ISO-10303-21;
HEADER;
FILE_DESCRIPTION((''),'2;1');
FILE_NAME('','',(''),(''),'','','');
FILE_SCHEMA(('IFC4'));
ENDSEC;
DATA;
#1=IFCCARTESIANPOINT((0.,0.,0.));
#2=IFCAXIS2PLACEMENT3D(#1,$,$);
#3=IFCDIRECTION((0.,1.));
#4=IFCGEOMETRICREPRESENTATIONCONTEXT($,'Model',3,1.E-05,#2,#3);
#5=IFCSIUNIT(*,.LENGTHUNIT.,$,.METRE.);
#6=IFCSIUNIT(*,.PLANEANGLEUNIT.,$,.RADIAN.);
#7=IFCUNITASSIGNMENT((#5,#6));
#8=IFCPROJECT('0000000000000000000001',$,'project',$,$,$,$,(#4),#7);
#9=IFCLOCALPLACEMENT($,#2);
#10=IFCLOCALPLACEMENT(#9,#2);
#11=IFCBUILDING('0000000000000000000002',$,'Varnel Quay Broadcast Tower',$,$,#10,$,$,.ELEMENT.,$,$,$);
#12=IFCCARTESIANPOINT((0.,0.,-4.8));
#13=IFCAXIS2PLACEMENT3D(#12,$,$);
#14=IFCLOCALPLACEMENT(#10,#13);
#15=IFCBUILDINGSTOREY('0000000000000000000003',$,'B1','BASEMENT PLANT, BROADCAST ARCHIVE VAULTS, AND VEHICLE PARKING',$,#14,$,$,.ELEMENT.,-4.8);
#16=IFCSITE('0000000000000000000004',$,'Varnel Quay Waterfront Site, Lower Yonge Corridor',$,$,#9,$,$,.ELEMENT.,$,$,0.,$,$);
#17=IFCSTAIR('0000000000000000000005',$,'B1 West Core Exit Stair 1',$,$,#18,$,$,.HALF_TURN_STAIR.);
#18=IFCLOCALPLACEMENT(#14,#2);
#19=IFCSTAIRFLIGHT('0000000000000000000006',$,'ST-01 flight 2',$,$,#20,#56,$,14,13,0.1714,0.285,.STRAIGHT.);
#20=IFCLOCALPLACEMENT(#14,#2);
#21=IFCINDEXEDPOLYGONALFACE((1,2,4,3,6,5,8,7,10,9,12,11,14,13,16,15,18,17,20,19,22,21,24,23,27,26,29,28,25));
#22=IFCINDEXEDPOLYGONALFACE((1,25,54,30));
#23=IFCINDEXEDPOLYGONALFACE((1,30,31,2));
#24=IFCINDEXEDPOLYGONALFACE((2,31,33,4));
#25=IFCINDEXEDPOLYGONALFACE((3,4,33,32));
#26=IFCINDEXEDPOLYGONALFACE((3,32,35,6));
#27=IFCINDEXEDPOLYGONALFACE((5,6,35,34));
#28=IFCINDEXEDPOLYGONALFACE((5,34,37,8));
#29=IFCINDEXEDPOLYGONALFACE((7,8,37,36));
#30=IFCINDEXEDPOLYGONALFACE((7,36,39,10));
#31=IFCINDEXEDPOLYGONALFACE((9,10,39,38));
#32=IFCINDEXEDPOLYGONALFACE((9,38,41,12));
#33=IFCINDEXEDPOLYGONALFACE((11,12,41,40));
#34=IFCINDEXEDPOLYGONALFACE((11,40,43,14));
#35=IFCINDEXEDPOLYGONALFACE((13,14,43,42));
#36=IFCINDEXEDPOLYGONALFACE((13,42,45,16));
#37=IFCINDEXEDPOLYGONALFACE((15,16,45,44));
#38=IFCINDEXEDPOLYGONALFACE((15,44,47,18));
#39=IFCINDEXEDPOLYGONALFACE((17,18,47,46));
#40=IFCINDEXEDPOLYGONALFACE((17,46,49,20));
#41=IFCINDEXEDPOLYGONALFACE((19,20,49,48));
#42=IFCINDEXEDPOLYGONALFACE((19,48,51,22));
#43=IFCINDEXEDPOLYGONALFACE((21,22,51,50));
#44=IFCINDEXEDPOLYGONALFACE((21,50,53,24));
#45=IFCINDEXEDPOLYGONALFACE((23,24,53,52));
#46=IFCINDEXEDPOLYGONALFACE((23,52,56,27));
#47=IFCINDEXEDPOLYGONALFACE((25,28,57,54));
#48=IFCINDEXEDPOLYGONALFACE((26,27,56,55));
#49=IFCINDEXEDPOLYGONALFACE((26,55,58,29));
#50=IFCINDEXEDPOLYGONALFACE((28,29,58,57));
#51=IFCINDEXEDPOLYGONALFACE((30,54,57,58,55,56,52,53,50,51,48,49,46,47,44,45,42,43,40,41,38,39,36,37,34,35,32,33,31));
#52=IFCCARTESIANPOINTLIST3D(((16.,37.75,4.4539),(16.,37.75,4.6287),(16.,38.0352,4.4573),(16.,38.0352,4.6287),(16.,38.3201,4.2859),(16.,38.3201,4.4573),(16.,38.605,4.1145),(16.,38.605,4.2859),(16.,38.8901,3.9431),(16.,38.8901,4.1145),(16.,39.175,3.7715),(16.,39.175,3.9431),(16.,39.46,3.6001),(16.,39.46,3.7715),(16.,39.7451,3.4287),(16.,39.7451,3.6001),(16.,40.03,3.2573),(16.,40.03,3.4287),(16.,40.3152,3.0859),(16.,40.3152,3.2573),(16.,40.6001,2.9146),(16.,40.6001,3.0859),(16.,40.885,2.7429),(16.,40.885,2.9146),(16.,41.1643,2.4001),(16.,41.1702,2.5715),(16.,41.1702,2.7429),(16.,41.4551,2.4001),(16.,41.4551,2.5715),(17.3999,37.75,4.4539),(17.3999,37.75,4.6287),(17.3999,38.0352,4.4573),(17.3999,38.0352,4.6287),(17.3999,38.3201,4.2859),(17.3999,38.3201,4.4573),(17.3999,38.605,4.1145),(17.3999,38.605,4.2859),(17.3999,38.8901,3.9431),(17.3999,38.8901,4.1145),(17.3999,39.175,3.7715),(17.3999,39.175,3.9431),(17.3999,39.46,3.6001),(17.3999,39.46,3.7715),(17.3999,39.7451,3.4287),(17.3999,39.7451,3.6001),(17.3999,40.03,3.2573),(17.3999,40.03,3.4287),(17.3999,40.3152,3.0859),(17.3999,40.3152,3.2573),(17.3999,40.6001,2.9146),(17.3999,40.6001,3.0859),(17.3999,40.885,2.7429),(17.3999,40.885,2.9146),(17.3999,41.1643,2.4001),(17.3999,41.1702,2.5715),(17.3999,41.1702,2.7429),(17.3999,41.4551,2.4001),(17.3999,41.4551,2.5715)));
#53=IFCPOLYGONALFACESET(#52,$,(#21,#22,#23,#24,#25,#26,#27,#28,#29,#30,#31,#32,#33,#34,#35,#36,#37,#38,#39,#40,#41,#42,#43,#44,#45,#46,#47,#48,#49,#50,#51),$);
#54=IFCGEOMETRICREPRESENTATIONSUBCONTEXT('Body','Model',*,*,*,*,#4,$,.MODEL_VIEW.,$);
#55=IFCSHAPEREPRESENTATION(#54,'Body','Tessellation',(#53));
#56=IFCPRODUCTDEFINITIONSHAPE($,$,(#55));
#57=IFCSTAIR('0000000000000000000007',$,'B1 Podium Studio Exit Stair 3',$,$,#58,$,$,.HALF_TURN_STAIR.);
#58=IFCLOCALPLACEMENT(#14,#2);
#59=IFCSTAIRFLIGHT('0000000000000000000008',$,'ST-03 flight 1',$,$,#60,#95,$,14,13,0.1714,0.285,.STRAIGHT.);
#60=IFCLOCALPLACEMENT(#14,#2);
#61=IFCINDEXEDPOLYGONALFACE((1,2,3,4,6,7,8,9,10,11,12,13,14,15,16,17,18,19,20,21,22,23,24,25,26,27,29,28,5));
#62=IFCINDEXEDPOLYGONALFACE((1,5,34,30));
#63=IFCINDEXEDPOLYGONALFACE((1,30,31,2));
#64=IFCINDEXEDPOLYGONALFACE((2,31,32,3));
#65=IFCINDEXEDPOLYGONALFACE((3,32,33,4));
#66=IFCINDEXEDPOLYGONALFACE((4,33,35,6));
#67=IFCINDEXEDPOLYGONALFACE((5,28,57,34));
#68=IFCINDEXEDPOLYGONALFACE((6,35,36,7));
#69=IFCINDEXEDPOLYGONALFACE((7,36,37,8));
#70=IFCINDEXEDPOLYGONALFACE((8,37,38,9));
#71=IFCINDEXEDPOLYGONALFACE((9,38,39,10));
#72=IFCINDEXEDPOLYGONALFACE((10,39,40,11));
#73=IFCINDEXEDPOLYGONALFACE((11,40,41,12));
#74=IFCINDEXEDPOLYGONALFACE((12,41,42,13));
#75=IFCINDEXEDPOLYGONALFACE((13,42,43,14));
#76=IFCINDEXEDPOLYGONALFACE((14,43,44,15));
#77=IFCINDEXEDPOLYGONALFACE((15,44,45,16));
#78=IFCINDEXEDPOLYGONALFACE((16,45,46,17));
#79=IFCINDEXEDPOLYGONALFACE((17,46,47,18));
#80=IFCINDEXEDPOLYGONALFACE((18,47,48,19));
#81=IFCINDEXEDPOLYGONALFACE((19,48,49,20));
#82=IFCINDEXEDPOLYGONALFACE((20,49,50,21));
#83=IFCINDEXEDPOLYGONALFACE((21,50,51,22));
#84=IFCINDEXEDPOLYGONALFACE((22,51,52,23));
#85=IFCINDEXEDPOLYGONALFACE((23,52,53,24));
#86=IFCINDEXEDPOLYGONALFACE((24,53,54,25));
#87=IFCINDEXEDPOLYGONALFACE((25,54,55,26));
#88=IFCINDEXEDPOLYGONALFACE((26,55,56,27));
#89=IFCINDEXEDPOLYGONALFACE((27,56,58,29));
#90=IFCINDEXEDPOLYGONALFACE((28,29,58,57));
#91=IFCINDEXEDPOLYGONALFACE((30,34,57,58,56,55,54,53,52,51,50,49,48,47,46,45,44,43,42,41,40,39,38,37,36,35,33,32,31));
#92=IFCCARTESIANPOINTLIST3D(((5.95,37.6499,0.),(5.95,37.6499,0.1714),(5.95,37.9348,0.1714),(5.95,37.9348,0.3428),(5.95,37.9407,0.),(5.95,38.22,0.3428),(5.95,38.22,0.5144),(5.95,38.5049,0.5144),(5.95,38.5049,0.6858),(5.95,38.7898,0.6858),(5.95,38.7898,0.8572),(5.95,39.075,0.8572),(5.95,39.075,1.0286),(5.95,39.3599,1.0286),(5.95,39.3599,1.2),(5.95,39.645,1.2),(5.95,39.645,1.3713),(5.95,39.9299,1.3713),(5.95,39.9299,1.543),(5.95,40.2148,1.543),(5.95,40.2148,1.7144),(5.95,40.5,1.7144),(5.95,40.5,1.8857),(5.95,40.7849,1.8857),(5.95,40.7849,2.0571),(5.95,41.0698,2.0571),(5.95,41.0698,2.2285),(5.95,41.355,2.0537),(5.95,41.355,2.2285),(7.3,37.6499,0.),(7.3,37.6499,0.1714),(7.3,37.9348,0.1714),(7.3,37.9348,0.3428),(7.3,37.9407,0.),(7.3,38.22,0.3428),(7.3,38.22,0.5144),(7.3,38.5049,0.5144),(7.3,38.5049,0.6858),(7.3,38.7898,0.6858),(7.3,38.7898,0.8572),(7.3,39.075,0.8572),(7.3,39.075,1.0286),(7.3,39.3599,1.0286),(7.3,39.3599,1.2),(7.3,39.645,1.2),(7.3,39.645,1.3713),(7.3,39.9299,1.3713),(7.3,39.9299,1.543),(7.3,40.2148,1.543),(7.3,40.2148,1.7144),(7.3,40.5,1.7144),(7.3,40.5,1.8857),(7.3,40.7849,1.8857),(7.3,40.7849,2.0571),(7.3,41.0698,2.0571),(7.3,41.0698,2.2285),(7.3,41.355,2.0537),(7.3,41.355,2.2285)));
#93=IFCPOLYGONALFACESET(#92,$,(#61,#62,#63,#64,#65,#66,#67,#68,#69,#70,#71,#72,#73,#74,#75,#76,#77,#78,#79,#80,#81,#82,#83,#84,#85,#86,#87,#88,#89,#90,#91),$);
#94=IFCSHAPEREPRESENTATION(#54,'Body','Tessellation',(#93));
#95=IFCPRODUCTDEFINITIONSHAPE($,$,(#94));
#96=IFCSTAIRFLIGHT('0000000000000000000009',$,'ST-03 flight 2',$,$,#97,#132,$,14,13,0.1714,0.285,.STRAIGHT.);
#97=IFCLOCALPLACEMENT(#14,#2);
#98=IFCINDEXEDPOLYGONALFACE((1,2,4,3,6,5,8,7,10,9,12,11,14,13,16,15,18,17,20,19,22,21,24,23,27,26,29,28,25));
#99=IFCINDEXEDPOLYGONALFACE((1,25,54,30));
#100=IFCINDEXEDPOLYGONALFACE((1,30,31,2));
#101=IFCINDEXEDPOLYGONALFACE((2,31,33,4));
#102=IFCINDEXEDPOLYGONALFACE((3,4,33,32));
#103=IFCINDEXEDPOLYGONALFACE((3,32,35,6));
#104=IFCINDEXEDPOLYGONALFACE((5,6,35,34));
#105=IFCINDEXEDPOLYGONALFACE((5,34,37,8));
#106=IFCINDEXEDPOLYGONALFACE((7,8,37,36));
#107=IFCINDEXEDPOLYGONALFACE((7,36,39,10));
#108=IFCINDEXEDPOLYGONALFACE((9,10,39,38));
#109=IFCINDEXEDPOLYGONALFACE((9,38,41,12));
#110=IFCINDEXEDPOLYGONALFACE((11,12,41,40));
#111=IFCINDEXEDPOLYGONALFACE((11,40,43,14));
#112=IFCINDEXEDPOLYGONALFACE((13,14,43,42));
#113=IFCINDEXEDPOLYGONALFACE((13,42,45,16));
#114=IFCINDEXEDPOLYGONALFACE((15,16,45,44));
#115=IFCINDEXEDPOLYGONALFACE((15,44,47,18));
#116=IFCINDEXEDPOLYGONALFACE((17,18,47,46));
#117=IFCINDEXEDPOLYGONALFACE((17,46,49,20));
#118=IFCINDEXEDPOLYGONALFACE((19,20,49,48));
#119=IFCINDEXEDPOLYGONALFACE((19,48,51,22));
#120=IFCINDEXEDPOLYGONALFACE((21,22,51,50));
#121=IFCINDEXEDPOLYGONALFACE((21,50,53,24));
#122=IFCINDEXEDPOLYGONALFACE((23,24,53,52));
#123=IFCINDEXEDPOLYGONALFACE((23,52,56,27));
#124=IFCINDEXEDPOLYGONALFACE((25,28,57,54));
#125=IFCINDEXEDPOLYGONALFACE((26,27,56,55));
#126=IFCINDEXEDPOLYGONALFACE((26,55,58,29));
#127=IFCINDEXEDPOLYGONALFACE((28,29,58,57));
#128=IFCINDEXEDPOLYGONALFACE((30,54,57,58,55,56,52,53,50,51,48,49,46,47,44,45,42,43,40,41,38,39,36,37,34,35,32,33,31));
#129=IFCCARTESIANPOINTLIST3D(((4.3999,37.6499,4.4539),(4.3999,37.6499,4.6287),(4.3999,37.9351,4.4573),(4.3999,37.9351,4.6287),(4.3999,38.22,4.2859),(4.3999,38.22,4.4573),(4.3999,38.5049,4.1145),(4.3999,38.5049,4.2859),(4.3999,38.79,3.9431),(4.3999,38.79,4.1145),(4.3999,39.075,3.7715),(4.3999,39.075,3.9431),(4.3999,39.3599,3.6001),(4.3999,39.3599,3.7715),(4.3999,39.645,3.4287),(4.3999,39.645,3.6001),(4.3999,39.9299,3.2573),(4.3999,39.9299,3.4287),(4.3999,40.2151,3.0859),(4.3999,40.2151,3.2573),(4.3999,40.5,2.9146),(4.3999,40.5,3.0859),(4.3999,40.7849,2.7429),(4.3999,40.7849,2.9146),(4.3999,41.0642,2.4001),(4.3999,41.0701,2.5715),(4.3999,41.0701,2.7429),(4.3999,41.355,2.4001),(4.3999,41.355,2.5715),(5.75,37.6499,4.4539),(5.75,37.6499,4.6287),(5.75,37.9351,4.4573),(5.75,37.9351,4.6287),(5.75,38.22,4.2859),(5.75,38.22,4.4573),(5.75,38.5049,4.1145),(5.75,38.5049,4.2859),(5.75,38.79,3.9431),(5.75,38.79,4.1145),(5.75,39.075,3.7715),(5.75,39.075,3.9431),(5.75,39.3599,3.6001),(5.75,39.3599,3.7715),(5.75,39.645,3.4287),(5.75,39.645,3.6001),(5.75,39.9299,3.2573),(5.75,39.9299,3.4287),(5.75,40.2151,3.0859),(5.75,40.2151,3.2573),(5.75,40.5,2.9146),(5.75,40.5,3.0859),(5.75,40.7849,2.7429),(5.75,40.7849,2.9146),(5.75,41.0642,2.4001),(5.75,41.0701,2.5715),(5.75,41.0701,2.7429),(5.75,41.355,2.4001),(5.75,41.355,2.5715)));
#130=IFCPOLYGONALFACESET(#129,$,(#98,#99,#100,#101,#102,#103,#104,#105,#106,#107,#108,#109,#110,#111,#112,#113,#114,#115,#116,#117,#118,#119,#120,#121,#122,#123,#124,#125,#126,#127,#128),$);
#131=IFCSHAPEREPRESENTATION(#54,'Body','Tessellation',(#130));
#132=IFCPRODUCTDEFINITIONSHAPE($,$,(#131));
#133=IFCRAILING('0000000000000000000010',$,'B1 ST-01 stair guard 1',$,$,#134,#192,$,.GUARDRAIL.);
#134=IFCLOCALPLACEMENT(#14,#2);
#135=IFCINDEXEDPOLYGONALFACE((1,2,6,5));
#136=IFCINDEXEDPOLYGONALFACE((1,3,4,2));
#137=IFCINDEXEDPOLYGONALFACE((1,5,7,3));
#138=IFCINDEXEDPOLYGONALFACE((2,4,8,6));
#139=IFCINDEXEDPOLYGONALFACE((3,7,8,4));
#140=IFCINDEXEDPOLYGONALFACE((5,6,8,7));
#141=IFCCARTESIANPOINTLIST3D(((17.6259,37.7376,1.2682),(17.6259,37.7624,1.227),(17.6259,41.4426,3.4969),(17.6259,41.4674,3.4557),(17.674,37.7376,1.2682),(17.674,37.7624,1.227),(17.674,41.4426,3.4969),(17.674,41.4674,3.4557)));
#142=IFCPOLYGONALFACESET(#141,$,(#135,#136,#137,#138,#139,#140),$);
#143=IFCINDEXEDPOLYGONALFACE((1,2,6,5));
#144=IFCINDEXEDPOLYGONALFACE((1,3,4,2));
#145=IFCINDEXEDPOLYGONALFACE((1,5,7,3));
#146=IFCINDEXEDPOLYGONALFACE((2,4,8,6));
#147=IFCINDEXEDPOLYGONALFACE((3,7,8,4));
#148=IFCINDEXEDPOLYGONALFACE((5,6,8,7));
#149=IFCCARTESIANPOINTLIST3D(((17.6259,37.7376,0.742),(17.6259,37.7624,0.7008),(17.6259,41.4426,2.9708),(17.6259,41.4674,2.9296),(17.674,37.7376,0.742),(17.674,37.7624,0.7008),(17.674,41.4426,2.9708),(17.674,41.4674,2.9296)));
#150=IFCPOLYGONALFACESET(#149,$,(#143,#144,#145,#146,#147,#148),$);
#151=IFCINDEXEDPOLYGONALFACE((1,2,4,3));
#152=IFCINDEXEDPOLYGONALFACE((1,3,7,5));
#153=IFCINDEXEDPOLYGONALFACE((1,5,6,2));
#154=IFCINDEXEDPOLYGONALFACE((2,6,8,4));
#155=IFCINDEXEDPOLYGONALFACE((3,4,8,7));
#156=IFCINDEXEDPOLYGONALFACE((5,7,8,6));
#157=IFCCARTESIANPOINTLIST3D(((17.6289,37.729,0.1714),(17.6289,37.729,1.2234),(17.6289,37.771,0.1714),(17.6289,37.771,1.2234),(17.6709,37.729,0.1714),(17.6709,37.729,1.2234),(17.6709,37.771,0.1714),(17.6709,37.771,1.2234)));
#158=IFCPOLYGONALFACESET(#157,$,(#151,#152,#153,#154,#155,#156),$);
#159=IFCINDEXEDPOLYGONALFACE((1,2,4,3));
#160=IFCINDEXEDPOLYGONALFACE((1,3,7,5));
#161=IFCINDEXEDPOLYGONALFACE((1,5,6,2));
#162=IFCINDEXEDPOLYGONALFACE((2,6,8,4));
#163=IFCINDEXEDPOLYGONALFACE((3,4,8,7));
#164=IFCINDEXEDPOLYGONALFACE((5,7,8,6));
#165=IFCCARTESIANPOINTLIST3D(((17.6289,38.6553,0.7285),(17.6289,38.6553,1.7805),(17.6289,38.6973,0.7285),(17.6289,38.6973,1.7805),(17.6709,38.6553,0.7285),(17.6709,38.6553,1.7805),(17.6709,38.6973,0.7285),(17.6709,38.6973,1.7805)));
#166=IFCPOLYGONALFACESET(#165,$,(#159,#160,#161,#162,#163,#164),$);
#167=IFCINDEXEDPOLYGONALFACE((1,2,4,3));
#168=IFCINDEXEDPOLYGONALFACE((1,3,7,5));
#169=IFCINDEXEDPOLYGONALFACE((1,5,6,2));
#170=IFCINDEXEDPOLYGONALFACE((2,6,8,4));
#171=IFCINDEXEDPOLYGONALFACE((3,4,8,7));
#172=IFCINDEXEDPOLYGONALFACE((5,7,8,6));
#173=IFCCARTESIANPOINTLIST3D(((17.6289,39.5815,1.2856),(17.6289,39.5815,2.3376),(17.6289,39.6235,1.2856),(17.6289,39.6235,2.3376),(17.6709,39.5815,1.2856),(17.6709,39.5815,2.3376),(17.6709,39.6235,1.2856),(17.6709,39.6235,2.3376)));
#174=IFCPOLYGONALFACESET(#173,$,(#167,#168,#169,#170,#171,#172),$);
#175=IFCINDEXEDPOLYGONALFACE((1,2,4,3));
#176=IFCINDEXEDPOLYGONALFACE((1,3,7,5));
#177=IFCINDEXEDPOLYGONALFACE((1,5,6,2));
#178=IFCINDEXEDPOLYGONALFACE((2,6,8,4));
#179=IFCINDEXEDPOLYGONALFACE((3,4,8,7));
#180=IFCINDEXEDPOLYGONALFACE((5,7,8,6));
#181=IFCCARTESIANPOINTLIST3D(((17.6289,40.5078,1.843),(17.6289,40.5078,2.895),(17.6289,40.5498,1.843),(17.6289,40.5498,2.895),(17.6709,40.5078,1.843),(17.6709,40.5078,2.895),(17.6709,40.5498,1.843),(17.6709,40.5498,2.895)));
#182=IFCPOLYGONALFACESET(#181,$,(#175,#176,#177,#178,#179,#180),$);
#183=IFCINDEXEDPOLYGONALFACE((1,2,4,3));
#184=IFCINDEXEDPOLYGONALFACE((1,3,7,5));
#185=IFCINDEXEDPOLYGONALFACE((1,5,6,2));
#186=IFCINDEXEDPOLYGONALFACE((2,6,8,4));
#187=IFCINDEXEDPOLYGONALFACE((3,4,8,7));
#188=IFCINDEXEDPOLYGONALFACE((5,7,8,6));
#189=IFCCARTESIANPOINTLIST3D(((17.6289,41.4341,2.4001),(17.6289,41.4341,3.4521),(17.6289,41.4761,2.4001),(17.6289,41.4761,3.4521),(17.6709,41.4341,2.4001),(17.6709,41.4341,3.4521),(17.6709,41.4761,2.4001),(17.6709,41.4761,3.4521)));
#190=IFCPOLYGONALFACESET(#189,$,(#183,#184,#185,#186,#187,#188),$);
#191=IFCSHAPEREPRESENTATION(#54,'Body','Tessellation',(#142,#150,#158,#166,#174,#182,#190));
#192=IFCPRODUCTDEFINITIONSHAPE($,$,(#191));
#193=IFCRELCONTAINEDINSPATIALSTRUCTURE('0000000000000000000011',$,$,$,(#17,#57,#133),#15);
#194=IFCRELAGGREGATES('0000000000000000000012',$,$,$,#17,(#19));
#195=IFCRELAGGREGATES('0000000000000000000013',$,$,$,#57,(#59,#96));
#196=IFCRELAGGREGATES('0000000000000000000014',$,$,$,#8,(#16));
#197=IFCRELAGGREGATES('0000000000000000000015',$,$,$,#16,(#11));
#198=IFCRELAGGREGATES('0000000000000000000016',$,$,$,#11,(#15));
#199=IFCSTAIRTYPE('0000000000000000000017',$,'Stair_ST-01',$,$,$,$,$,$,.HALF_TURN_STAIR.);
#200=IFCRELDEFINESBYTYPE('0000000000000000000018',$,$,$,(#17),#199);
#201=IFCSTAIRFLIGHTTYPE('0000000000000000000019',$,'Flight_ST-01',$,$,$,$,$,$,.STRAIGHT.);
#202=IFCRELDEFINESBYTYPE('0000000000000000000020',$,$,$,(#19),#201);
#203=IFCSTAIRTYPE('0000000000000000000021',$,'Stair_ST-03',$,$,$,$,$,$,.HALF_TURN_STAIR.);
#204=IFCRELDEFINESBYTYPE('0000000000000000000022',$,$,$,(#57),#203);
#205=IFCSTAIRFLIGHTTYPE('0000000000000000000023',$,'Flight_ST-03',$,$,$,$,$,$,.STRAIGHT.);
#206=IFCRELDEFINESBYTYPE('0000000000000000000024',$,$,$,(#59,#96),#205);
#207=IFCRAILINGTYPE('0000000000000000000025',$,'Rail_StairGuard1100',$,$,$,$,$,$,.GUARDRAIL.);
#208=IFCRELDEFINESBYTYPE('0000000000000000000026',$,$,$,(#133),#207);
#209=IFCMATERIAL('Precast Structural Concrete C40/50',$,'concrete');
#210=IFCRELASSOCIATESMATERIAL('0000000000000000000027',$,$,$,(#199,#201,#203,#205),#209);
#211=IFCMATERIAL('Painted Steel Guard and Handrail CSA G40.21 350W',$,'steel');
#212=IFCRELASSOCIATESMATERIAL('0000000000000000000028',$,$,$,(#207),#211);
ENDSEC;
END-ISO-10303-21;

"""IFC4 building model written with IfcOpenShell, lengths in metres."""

from ifc_helpers import new_model, si_unit, direction, frame, origin, origin_2d, place, context, subcontext, project, spatial, polyline, rectangle, outline, extrude, material, type_object, element, aggregate, save


model = new_model("IFC4")

# Units and contexts
model_context = context("Model", 3, precision=1e-05, world=origin(), true_north=direction((0.0, 1.0)))
body_context = subcontext(model_context, "Body", "Model", "MODEL_VIEW")
ifc_project = project(units=[si_unit("LENGTHUNIT", "METRE"), si_unit("PLANEANGLEUNIT", "RADIAN")], contexts=[model_context])

# Site, building, storey
site_placement = place(None, origin())
site = spatial("IfcSite", under=ifc_project, at=site_placement, Name="Varnel Quay Waterfront Site, Lower Yonge Corridor", CompositionType="ELEMENT", RefElevation=0.0)
building_placement = place(site_placement, origin())
building = spatial("IfcBuilding", under=site, at=building_placement, Name="Varnel Quay Broadcast Tower", CompositionType="ELEMENT")
storey_placement = place(building_placement, frame((0.0, 0.0, -4.8)))
storey = spatial("IfcBuildingStorey", under=building, at=storey_placement, Name="B1", Description="BASEMENT PLANT, BROADCAST ARCHIVE VAULTS, AND VEHICLE PARKING", CompositionType="ELEMENT", Elevation=-4.8)

# Stairs, stair flights
ifc_material_1 = material(Name="Precast Structural Concrete C40/50", Category="concrete")
stair_type_1 = type_object("IfcStairType", Name="Stair_ST-01", PredefinedType="HALF_TURN_STAIR", material=ifc_material_1)
stair_1_placement = place(storey_placement, origin())
stair_1 = element("IfcStair", 1, at=stair_1_placement, inside=storey, type_object=stair_type_1, Name="B1 West Core Exit Stair 1", PredefinedType="HALF_TURN_STAIR")
stair_flight_type_1 = type_object("IfcStairFlightType", Name="Flight_ST-01", PredefinedType="STRAIGHT", material=ifc_material_1)
stair_flight_1_placement = place(storey_placement, frame((16.7, 41.4551, 2.4001), z_axis=(0.0, 0.0, 1.0), x_axis=(0.0, -1.0, 0.0)))
stair_flight_1 = element("IfcStairFlight", 2, at=stair_flight_1_placement, type_object=stair_flight_type_1, Name="ST-01 flight 2", NumberOfRisers=14, NumberOfTreads=13, PredefinedType="STRAIGHT", RiserHeight=0.1714, TreadLength=0.285, context=body_context, shape_type="SweptSolid", body=[
    extrude(outline(polyline([(0.0, 0.0), (0.0, 0.1714), (0.2849, 0.1714), (0.2849, 0.3428), (0.5701, 0.3428), (0.5701, 0.5144), (0.855, 0.5144), (0.855, 0.6858), (1.1399, 0.6858), (1.1399, 0.8572), (1.425, 0.8572), (1.425, 1.0286), (1.71, 1.0286), (1.71, 1.2), (1.9951, 1.2), (1.9951, 1.3713), (2.28, 1.3713), (2.28, 1.543), (2.5649, 1.543), (2.5649, 1.7144), (2.8501, 1.7144), (2.8501, 1.8857), (3.135, 1.8857), (3.135, 2.0571), (3.4199, 2.0571), (3.4199, 2.2285), (3.7051, 2.2285), (3.7051, 2.3999), (3.7051, 2.0537), (0.2908, 0.0), (0.0, 0.0)])), frame((0.0, 0.7, 0.0), z_axis=(0.0, -1.0, 0.0), x_axis=(1.0, 0.0, 0.0)), (0.0, 0.0, 1.0), 1.3999),
])
aggregate(stair_1, [stair_flight_1])
stair_type_2 = type_object("IfcStairType", Name="Stair_ST-03", PredefinedType="HALF_TURN_STAIR", material=ifc_material_1)
stair_2_placement = place(storey_placement, origin())
stair_2 = element("IfcStair", 3, at=stair_2_placement, inside=storey, type_object=stair_type_2, Name="B1 Podium Studio Exit Stair 3", PredefinedType="HALF_TURN_STAIR")
stair_flight_type_2 = type_object("IfcStairFlightType", Name="Flight_ST-03", PredefinedType="STRAIGHT", material=ifc_material_1)
stair_flight_2_placement = place(storey_placement, frame((6.625, 37.6499, 0.0), z_axis=(0.0, 0.0, 1.0), x_axis=(0.0, 1.0, 0.0)))
stair_flight_2 = element("IfcStairFlight", 4, at=stair_flight_2_placement, type_object=stair_flight_type_2, Name="ST-03 flight 1", NumberOfRisers=14, NumberOfTreads=13, PredefinedType="STRAIGHT", RiserHeight=0.1714, TreadLength=0.285, context=body_context, shape_type="SweptSolid", body=[
    extrude(outline(polyline([(0.0, 0.0), (0.0, 0.1714), (0.2849, 0.1714), (0.2849, 0.3428), (0.5701, 0.3428), (0.5701, 0.5144), (0.855, 0.5144), (0.855, 0.6858), (1.1399, 0.6858), (1.1399, 0.8572), (1.425, 0.8572), (1.425, 1.0286), (1.71, 1.0286), (1.71, 1.2), (1.9951, 1.2), (1.9951, 1.3713), (2.28, 1.3713), (2.28, 1.543), (2.5649, 1.543), (2.5649, 1.7144), (2.8501, 1.7144), (2.8501, 1.8857), (3.135, 1.8857), (3.135, 2.0571), (3.4199, 2.0571), (3.4199, 2.2285), (3.7051, 2.2285), (3.7051, 2.3999), (3.7051, 2.0537), (0.2908, 0.0), (0.0, 0.0)])), frame((0.0, 0.675, 0.0), z_axis=(0.0, -1.0, 0.0), x_axis=(1.0, 0.0, 0.0)), (0.0, 0.0, 1.0), 1.3501),
])
stair_flight_3_placement = place(storey_placement, frame((5.075, 41.355, 2.4001), z_axis=(0.0, 0.0, 1.0), x_axis=(0.0, -1.0, 0.0)))
stair_flight_3 = element("IfcStairFlight", 5, at=stair_flight_3_placement, type_object=stair_flight_type_2, Name="ST-03 flight 2", NumberOfRisers=14, NumberOfTreads=13, PredefinedType="STRAIGHT", RiserHeight=0.1714, TreadLength=0.285, context=body_context, shape_type="SweptSolid", body=[
    extrude(outline(polyline([(0.0, 0.0), (0.0, 0.1714), (0.2849, 0.1714), (0.2849, 0.3428), (0.5701, 0.3428), (0.5701, 0.5144), (0.855, 0.5144), (0.855, 0.6858), (1.1399, 0.6858), (1.1399, 0.8572), (1.425, 0.8572), (1.425, 1.0286), (1.71, 1.0286), (1.71, 1.2), (1.9951, 1.2), (1.9951, 1.3713), (2.28, 1.3713), (2.28, 1.543), (2.5649, 1.543), (2.5649, 1.7144), (2.8501, 1.7144), (2.8501, 1.8857), (3.135, 1.8857), (3.135, 2.0571), (3.4199, 2.0571), (3.4199, 2.2285), (3.7051, 2.2285), (3.7051, 2.3999), (3.7051, 2.0537), (0.2908, 0.0), (0.0, 0.0)])), frame((0.0, 0.675, 0.0), z_axis=(0.0, -1.0, 0.0), x_axis=(1.0, 0.0, 0.0)), (0.0, 0.0, 1.0), 1.3501),
])
aggregate(stair_2, [stair_flight_2, stair_flight_3])

# Railing
ifc_material_2 = material(Name="Painted Steel Guard and Handrail CSA G40.21 350W", Category="steel")
railing_type_1 = type_object("IfcRailingType", Name="Rail_StairGuard1100", PredefinedType="GUARDRAIL", material=ifc_material_2)
railing_1_placement = place(storey_placement, frame((17.6499, 37.75, 0.1714)))
element("IfcRailing", 6, at=railing_1_placement, inside=storey, type_object=railing_type_1, Name="B1 ST-01 stair guard 1", PredefinedType="GUARDRAIL", context=body_context, shape_type="SweptSolid", body=[
    extrude(rectangle(XDim=0.0481, YDim=0.0481, at=origin_2d()), frame((0.0, 0.0, 1.0762), z_axis=(0.0, 0.856909, 0.515467), x_axis=(-1.0, 0.0, 0.0)), (0.0, 0.0, 1.0), 4.3237),
    extrude(rectangle(XDim=0.0481, YDim=0.0481, at=origin_2d()), frame((0.0, 0.0, 0.55), z_axis=(0.0, 0.856909, 0.515467), x_axis=(-1.0, 0.0, 0.0)), (0.0, 0.0, 1.0), 4.3237),
    extrude(rectangle(XDim=0.042, YDim=0.042, at=origin_2d()), origin(), (0.0, 0.0, 1.0), 1.052),
    extrude(rectangle(XDim=0.042, YDim=0.042, at=origin_2d()), frame((0.0, 0.9263, 0.5571)), (0.0, 0.0, 1.0), 1.052),
    extrude(rectangle(XDim=0.042, YDim=0.042, at=origin_2d()), frame((0.0, 1.8525, 1.1143)), (0.0, 0.0, 1.0), 1.052),
    extrude(rectangle(XDim=0.042, YDim=0.042, at=origin_2d()), frame((0.0, 2.7788, 1.6716)), (0.0, 0.0, 1.0), 1.052),
    extrude(rectangle(XDim=0.042, YDim=0.042, at=origin_2d()), frame((0.0, 3.7051, 2.2288)), (0.0, 0.0, 1.0), 1.052),
])

save(model, "model.ifc")
